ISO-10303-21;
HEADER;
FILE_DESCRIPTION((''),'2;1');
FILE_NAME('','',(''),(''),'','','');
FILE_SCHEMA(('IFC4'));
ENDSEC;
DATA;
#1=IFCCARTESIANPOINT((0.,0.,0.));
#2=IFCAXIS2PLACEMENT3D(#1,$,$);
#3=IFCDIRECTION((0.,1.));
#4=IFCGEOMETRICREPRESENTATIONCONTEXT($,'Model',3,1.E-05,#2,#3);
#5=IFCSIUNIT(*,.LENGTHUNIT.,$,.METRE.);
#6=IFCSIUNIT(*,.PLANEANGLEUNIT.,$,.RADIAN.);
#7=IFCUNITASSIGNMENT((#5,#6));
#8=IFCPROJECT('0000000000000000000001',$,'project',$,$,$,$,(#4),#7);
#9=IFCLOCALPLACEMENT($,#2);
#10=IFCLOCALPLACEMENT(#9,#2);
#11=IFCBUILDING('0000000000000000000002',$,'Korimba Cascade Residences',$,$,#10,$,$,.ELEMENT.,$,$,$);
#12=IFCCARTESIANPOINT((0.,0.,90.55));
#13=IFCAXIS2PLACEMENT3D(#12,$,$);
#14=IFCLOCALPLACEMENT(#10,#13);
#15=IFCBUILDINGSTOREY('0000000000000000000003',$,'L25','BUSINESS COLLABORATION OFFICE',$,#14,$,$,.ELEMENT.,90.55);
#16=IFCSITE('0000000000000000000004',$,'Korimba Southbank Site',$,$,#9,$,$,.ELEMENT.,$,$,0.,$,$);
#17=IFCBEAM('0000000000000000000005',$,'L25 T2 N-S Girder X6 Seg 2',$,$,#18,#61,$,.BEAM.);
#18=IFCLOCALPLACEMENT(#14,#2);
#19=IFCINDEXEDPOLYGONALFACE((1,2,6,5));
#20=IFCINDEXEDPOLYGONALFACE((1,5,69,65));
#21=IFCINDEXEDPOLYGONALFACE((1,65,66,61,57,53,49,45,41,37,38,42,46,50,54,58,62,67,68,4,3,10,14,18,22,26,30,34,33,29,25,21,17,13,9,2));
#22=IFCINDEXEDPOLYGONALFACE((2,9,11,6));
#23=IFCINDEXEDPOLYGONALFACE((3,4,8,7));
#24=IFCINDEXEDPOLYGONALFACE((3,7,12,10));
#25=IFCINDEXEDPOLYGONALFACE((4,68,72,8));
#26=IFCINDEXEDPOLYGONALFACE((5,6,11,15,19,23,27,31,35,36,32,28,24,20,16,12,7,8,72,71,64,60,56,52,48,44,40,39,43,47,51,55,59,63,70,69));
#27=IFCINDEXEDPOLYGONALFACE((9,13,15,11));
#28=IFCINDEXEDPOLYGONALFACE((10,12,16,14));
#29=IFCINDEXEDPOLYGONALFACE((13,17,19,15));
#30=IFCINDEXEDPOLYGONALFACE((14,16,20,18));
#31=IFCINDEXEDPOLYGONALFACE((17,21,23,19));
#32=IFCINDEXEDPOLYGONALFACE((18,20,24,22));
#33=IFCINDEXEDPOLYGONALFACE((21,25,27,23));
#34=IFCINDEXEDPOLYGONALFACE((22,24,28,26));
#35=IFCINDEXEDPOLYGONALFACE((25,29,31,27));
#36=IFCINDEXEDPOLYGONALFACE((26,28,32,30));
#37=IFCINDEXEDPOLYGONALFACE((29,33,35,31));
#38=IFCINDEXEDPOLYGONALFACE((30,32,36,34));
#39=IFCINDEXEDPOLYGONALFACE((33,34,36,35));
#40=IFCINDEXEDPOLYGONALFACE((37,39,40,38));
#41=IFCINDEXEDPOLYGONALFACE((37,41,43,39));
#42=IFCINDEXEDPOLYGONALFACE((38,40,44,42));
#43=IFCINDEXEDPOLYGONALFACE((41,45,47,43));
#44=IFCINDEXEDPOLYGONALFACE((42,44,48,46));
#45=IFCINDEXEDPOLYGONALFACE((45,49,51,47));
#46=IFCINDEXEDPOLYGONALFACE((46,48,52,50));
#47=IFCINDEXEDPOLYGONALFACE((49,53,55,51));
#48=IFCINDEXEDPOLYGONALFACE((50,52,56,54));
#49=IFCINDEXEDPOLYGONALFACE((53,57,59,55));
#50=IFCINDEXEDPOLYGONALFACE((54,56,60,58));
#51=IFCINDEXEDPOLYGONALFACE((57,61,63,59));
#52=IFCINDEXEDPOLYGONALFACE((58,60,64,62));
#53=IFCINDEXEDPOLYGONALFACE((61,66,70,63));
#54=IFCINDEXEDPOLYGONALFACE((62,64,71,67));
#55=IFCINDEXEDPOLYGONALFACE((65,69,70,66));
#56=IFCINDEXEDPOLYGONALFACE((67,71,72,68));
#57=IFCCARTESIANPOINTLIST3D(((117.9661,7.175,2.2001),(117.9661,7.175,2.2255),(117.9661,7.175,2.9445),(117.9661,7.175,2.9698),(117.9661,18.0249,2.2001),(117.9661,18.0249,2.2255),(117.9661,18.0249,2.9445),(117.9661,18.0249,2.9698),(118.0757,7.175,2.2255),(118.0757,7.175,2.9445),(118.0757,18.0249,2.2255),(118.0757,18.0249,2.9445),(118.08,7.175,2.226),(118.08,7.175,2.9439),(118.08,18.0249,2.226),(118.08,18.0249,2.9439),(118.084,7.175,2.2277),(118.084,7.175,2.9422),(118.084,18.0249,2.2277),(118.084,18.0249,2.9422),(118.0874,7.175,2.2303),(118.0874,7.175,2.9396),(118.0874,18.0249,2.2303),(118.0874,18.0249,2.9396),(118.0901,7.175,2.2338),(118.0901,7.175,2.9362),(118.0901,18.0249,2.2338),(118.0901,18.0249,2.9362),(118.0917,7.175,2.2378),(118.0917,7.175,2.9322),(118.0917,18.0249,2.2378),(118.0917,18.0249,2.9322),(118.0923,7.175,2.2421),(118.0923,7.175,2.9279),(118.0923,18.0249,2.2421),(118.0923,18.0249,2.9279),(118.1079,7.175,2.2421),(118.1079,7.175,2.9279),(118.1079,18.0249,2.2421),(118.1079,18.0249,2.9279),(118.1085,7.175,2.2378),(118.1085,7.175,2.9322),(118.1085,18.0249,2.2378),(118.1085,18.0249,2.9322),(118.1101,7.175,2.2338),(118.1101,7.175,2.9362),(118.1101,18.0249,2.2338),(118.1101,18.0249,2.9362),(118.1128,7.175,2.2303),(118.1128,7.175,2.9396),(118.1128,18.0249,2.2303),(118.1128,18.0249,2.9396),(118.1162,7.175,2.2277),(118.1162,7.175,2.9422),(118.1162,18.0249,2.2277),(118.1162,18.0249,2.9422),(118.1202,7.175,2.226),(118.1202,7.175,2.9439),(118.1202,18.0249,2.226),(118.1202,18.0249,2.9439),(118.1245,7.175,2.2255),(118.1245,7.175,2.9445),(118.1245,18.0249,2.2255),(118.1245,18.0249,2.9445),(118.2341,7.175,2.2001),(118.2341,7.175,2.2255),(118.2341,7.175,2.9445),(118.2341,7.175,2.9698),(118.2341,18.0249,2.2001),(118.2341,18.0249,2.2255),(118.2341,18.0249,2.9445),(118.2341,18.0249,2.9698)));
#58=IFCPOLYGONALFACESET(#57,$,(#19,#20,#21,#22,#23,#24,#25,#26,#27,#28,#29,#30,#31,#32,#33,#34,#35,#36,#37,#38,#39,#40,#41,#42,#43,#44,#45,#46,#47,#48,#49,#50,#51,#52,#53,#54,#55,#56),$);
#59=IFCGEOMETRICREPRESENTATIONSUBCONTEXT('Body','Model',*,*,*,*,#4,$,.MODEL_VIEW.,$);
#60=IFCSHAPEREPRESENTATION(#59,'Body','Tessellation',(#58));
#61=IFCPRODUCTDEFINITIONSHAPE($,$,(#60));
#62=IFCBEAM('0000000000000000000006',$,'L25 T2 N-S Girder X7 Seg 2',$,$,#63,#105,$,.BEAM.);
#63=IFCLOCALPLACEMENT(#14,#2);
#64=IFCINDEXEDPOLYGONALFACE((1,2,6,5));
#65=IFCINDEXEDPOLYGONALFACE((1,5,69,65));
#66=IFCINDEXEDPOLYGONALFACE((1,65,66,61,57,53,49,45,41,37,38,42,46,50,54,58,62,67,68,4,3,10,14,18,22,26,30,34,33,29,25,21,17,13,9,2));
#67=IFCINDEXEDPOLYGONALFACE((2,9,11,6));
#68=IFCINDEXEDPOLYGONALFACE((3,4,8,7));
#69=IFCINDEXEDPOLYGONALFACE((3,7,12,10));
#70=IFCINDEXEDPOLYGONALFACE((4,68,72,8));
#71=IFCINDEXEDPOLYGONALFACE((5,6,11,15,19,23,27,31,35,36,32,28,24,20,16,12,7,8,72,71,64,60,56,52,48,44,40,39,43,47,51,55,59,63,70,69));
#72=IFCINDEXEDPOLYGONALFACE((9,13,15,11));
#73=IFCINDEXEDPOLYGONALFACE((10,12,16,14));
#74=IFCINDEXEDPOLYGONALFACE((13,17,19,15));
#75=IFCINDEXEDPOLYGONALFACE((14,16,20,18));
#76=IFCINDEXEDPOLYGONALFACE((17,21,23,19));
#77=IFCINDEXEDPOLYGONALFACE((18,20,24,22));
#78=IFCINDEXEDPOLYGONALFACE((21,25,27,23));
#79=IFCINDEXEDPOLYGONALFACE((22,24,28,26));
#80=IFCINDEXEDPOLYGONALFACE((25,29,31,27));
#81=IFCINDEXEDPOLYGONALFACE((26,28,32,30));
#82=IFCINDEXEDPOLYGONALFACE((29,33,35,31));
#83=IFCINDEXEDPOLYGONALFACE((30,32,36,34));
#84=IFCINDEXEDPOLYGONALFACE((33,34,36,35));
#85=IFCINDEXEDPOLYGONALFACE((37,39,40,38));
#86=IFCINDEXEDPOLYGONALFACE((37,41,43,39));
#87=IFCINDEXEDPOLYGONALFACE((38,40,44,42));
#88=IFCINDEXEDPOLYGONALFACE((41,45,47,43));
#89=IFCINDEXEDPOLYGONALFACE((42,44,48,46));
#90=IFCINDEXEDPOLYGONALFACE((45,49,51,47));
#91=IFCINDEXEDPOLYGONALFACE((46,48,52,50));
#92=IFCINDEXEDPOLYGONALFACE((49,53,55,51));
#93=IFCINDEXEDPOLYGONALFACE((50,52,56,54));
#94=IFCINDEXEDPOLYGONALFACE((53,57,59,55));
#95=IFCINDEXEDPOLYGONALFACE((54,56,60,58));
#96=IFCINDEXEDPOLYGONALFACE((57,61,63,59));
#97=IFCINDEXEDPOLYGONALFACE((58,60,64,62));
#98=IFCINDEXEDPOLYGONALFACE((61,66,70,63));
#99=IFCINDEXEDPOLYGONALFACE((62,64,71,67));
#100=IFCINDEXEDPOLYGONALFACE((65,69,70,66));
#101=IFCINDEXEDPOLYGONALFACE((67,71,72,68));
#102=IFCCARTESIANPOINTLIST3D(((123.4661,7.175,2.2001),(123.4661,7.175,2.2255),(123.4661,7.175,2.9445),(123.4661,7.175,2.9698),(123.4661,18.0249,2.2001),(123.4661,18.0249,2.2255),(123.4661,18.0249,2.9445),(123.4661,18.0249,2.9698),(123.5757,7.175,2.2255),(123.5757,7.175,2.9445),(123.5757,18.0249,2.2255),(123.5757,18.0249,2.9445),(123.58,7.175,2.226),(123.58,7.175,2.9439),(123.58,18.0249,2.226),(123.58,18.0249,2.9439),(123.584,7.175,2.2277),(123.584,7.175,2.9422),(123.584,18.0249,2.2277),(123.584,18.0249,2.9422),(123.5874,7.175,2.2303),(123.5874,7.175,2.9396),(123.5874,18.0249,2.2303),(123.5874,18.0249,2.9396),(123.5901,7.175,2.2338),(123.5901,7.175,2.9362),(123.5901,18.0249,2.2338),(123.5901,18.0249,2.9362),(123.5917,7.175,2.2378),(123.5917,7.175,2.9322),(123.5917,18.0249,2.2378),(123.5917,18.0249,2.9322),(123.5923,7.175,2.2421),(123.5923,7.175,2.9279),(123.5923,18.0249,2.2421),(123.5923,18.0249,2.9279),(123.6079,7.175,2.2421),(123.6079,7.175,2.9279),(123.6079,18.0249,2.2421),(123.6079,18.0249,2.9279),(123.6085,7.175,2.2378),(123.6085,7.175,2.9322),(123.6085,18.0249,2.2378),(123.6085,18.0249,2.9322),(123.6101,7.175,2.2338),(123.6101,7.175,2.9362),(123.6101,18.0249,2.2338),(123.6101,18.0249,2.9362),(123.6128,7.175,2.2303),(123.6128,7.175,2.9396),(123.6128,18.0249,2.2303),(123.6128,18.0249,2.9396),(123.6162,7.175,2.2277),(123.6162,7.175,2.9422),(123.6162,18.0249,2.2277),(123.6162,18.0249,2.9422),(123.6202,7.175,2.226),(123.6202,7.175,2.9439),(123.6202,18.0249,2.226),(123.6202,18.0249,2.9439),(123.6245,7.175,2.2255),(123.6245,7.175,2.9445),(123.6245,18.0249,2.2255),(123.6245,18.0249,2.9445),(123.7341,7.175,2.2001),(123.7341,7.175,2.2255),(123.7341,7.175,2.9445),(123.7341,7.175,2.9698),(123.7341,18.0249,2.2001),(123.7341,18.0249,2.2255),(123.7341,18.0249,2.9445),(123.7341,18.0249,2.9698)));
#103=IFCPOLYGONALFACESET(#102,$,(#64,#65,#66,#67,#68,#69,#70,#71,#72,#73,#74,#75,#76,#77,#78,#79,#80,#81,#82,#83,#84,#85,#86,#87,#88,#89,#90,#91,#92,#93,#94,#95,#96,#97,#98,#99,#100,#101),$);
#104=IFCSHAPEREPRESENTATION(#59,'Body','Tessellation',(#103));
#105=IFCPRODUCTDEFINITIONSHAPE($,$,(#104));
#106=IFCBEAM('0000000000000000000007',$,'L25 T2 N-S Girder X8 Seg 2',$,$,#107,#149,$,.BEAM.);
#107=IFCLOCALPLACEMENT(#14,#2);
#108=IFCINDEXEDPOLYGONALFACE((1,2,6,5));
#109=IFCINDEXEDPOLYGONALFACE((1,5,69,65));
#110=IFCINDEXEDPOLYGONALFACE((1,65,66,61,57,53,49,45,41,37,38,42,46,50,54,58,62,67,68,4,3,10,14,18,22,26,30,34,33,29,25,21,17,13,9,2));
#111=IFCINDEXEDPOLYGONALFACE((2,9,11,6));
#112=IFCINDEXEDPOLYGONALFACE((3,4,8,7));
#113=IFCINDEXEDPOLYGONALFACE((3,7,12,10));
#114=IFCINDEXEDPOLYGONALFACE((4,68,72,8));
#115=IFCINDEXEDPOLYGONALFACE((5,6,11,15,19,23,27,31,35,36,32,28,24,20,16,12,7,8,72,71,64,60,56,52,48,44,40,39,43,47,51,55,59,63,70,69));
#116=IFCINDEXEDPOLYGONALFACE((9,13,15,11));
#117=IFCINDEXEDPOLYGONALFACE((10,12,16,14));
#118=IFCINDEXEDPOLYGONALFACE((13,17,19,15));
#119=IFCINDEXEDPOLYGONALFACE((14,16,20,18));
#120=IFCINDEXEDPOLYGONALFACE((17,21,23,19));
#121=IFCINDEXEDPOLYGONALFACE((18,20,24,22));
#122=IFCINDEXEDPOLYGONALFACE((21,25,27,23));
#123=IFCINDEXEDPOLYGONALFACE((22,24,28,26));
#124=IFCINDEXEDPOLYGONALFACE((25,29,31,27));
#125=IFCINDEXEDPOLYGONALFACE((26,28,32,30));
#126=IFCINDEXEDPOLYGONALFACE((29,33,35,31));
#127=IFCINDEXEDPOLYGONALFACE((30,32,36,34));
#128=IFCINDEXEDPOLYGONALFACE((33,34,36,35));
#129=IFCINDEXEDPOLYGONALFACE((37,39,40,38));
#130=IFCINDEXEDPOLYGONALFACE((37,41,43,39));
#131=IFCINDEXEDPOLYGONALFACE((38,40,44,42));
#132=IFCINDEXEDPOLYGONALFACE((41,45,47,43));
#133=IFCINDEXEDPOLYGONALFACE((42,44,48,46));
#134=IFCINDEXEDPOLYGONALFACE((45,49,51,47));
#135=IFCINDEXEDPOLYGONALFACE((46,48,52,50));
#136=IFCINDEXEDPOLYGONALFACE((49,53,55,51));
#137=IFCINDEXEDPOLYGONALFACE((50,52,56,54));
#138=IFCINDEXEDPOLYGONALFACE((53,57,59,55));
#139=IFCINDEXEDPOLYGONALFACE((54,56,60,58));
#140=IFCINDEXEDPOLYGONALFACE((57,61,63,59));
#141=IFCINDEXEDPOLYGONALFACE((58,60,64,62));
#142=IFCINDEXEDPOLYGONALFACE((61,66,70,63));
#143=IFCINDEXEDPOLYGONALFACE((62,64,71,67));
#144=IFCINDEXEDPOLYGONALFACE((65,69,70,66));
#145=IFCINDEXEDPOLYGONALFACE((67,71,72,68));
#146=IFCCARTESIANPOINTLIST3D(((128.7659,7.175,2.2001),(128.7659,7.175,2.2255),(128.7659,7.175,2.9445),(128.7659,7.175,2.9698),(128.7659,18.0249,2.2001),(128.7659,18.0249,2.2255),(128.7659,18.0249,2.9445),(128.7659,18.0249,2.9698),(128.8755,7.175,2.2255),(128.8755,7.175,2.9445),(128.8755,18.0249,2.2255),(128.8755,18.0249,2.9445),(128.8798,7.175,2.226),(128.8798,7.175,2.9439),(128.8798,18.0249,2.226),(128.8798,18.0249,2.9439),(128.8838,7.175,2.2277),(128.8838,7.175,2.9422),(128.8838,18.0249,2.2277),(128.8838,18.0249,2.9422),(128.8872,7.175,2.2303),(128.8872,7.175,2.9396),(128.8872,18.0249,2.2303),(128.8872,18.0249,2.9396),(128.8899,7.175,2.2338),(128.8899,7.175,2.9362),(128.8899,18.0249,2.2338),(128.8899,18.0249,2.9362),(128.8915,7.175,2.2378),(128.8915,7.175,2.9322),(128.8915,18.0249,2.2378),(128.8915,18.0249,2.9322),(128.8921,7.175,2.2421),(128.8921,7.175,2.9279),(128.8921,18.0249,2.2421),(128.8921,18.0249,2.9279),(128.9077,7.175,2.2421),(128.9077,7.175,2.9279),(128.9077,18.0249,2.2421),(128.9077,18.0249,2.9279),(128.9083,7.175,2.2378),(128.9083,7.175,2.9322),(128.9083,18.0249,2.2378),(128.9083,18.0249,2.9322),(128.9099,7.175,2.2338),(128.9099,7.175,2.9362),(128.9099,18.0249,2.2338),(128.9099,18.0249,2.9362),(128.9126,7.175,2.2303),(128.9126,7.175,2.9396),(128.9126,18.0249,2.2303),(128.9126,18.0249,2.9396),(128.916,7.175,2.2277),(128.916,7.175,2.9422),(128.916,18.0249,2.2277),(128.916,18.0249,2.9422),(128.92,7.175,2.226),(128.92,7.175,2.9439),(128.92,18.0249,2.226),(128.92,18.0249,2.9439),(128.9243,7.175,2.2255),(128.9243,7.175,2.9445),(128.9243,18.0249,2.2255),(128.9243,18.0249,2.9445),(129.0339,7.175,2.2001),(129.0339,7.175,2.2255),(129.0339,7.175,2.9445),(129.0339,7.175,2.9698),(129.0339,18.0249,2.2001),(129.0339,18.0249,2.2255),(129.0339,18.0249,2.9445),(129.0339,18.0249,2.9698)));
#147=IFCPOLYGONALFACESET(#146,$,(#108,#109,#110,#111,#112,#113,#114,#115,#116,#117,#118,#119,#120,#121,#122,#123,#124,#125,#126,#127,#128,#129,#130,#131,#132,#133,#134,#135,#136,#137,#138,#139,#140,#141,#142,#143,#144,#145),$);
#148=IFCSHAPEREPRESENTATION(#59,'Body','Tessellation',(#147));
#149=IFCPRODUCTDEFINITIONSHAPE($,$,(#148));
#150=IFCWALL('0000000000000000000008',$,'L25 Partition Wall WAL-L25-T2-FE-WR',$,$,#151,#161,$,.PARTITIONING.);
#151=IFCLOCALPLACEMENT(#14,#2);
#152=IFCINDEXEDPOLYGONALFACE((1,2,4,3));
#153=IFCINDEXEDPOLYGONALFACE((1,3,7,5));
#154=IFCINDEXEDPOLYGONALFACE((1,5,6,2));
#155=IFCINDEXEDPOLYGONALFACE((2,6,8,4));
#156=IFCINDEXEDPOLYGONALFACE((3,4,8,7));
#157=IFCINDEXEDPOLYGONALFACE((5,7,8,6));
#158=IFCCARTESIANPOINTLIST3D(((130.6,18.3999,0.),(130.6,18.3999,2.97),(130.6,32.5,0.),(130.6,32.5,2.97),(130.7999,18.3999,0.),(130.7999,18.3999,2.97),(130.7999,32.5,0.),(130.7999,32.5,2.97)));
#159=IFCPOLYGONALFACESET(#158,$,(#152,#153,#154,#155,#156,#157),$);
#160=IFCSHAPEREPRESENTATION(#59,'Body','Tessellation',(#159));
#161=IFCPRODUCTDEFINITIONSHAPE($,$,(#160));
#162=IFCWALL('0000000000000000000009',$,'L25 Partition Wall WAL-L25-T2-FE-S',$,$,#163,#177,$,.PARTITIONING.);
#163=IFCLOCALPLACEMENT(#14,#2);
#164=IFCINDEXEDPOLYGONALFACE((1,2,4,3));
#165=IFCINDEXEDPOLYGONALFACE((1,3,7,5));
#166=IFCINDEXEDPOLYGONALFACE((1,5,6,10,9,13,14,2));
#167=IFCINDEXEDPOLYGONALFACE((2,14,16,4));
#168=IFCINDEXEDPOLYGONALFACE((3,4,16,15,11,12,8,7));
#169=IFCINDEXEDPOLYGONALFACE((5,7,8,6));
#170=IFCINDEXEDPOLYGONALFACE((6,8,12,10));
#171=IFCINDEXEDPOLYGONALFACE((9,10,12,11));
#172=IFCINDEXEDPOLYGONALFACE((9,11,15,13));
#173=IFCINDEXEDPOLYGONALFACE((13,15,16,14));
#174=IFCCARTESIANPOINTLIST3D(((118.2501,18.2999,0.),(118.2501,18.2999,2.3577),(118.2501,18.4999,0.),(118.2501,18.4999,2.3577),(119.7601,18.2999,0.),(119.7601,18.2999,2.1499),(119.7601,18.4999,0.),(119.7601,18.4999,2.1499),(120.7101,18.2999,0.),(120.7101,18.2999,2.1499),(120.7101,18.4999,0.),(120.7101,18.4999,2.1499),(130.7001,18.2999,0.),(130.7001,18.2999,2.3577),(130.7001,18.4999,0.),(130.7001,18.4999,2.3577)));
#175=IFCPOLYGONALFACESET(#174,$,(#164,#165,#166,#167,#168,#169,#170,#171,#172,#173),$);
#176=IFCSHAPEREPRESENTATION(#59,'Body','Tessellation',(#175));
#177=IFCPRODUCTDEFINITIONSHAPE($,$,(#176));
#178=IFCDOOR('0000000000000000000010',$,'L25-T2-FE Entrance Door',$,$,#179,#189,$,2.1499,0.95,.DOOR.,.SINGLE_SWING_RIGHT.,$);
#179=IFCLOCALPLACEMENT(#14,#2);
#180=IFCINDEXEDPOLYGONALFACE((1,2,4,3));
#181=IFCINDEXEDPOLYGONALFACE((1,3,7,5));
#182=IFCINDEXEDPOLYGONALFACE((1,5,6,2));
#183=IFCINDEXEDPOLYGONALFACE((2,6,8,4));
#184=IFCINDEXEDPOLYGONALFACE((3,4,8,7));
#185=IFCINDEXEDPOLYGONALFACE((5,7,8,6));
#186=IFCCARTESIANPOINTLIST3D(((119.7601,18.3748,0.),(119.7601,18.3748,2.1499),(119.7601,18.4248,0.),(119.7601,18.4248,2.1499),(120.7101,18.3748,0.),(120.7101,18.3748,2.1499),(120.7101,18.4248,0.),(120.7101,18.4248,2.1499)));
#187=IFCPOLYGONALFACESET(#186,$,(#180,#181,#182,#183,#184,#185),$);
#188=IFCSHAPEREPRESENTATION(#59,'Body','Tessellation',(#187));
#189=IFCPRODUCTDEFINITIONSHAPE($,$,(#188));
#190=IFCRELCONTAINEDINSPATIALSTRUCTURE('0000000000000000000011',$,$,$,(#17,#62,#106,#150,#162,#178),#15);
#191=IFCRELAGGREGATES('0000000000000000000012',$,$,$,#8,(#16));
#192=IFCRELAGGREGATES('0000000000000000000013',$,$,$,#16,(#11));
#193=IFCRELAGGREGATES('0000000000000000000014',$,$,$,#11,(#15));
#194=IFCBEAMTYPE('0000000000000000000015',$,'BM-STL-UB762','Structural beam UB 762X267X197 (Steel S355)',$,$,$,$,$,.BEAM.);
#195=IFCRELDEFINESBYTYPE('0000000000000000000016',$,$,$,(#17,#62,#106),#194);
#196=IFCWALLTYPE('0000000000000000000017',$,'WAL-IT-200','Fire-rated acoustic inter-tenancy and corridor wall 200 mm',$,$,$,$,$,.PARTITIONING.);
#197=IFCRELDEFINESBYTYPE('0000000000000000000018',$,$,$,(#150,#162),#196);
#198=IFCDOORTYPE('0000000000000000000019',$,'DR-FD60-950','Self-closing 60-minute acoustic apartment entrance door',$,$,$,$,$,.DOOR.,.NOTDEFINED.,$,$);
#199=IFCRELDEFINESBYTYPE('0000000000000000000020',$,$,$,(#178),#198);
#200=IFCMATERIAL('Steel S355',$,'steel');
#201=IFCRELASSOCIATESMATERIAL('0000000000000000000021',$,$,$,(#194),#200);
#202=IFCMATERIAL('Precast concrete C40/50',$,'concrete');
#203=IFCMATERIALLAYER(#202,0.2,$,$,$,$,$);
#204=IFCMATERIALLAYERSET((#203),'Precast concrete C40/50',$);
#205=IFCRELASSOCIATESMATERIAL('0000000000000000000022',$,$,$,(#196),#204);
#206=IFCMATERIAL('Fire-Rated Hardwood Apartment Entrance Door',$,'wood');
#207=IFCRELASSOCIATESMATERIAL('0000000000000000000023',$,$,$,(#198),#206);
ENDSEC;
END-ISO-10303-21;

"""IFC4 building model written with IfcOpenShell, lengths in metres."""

from ifc_helpers import new_model, si_unit, direction, frame, frame_2d, origin, origin_2d, place, context, subcontext, project, spatial, rectangle, i_section, extrude, material, layer, layer_set, material_profile, profile_set, type_object, element, fill, save


model = new_model("IFC4")

# Units and contexts
model_context = context("Model", 3, precision=1e-05, world=origin(), true_north=direction((0.0, 1.0)))
body_context = subcontext(model_context, "Body", "Model", "MODEL_VIEW")
ifc_project = project(units=[si_unit("LENGTHUNIT", "METRE"), si_unit("PLANEANGLEUNIT", "RADIAN")], contexts=[model_context])

# Site, building, storey
site_placement = place(None, origin())
site = spatial("IfcSite", under=ifc_project, at=site_placement, Name="Korimba Southbank Site", CompositionType="ELEMENT", RefElevation=0.0)
building_placement = place(site_placement, origin())
building = spatial("IfcBuilding", under=site, at=building_placement, Name="Korimba Cascade Residences", CompositionType="ELEMENT")
storey_placement = place(building_placement, frame((0.0, 0.0, 90.55)))
storey = spatial("IfcBuildingStorey", under=building, at=storey_placement, Name="L25", Description="BUSINESS COLLABORATION OFFICE", CompositionType="ELEMENT", Elevation=90.55)

# Beams
ifc_material_1 = material(Name="Steel S355", Category="steel")
ifc_material_profile_1 = material_profile(ifc_material_1, i_section(OverallWidth=0.2681, OverallDepth=0.7698, WebThickness=0.0156, FlangeThickness=0.0254, FilletRadius=0.0166, at=origin_2d()), Name="Steel S355")
ifc_profile_set_1 = profile_set([ifc_material_profile_1], Name="Steel S355")
beam_type_1 = type_object("IfcBeamType", Name="BM-STL-UB762", Description="Structural beam UB 762X267X197 (Steel S355)", PredefinedType="BEAM", material=ifc_profile_set_1)
for number, where, z_axis, x_axis, name in (
    (1, (118.1001, 7.175, 2.585), (0.0, 1.0, 0.0), (-1.0, 0.0, 0.0), "L25 T2 N-S Girder X6 Seg 2"),
    (2, (123.6001, 7.175, 2.585), (0.0, 1.0, 0.0), (-1.0, 0.0, 0.0), "L25 T2 N-S Girder X7 Seg 2"),
    (3, (128.8999, 7.175, 2.585), (0.0, 1.0, 0.0), (-1.0, 0.0, 0.0), "L25 T2 N-S Girder X8 Seg 2"),
):
    element("IfcBeam", number, at=place(storey_placement, frame(where, z_axis=z_axis, x_axis=x_axis)), inside=storey, type_object=beam_type_1, Name=name, PredefinedType="BEAM", context=body_context, shape_type="SweptSolid", body=[
        extrude(i_section(OverallWidth=0.2681, OverallDepth=0.7698, WebThickness=0.0156, FlangeThickness=0.0254, FilletRadius=0.0166, at=origin_2d()), origin(), (0.0, 0.0, 1.0), 10.8499),
    ])

# Wall
ifc_material_2 = material(Name="Precast concrete C40/50", Category="concrete")
ifc_layer_1 = layer(ifc_material_2, 0.2)
ifc_layer_set_1 = layer_set([ifc_layer_1], Name="Precast concrete C40/50")
wall_type_1 = type_object("IfcWallType", Name="WAL-IT-200", Description="Fire-rated acoustic inter-tenancy and corridor wall 200 mm", PredefinedType="PARTITIONING", material=ifc_layer_set_1)
wall_1_placement = place(storey_placement, frame((130.7, 18.3999, 0.0), z_axis=(0.0, 0.0, 1.0), x_axis=(0.0, 1.0, 0.0)))
element("IfcWall", 4, at=wall_1_placement, inside=storey, type_object=wall_type_1, Name="L25 Partition Wall WAL-L25-T2-FE-WR", PredefinedType="PARTITIONING", context=body_context, shape_type="SweptSolid", body=[
    extrude(rectangle(XDim=14.1001, YDim=0.2, at=frame_2d((7.05, 0.0))), origin(), (0.0, 0.0, 1.0), 2.97),
])

# Wall, opening, door
wall_2_placement = place(storey_placement, frame((118.25, 18.3999, 0.0), z_axis=(0.0, 0.0, 1.0), x_axis=(1.0, 0.0, 0.0)))
wall_2 = element("IfcWall", 5, at=wall_2_placement, inside=storey, type_object=wall_type_1, Name="L25 Partition Wall WAL-L25-T2-FE-S", PredefinedType="PARTITIONING", context=body_context, shape_type="SweptSolid", body=[
    extrude(rectangle(XDim=12.45, YDim=0.2, at=frame_2d((6.2251, 0.0))), origin(), (0.0, 0.0, 1.0), 2.3577),
])
opening_1_placement = place(wall_2_placement, frame((1.51, 0.0, 0.0)))
opening_1 = element("IfcOpeningElement", 6, at=opening_1_placement, cuts=wall_2, PredefinedType="OPENING", context=body_context, shape_type="SweptSolid", body=[
    extrude(rectangle(XDim=0.95, YDim=2.1499, at=frame_2d((0.4751, 1.075))), frame((0.0, 0.1099, 0.0), z_axis=(0.0, -1.0, 0.0), x_axis=(1.0, 0.0, 0.0)), (0.0, 0.0, 1.0), 0.22),
])
ifc_material_3 = material(Name="Fire-Rated Hardwood Apartment Entrance Door", Category="wood")
door_type_1 = type_object("IfcDoorType", Name="DR-FD60-950", Description="Self-closing 60-minute acoustic apartment entrance door", OperationType="NOTDEFINED", PredefinedType="DOOR", material=ifc_material_3)
door_1_placement = place(opening_1_placement, origin())
door_1 = element("IfcDoor", 7, at=door_1_placement, inside=storey, type_object=door_type_1, Name="L25-T2-FE Entrance Door", OperationType="SINGLE_SWING_RIGHT", OverallHeight=2.1499, OverallWidth=0.95, PredefinedType="DOOR", context=body_context, shape_type="SweptSolid", body=[
    extrude(rectangle(XDim=0.95, YDim=2.1499, at=frame_2d((0.4751, 1.075))), frame((0.0, 0.0249, 0.0), z_axis=(0.0, -1.0, 0.0), x_axis=(1.0, 0.0, 0.0)), (0.0, 0.0, 1.0), 0.05),
])
fill(opening_1, door_1)

save(model, "model.ifc")
